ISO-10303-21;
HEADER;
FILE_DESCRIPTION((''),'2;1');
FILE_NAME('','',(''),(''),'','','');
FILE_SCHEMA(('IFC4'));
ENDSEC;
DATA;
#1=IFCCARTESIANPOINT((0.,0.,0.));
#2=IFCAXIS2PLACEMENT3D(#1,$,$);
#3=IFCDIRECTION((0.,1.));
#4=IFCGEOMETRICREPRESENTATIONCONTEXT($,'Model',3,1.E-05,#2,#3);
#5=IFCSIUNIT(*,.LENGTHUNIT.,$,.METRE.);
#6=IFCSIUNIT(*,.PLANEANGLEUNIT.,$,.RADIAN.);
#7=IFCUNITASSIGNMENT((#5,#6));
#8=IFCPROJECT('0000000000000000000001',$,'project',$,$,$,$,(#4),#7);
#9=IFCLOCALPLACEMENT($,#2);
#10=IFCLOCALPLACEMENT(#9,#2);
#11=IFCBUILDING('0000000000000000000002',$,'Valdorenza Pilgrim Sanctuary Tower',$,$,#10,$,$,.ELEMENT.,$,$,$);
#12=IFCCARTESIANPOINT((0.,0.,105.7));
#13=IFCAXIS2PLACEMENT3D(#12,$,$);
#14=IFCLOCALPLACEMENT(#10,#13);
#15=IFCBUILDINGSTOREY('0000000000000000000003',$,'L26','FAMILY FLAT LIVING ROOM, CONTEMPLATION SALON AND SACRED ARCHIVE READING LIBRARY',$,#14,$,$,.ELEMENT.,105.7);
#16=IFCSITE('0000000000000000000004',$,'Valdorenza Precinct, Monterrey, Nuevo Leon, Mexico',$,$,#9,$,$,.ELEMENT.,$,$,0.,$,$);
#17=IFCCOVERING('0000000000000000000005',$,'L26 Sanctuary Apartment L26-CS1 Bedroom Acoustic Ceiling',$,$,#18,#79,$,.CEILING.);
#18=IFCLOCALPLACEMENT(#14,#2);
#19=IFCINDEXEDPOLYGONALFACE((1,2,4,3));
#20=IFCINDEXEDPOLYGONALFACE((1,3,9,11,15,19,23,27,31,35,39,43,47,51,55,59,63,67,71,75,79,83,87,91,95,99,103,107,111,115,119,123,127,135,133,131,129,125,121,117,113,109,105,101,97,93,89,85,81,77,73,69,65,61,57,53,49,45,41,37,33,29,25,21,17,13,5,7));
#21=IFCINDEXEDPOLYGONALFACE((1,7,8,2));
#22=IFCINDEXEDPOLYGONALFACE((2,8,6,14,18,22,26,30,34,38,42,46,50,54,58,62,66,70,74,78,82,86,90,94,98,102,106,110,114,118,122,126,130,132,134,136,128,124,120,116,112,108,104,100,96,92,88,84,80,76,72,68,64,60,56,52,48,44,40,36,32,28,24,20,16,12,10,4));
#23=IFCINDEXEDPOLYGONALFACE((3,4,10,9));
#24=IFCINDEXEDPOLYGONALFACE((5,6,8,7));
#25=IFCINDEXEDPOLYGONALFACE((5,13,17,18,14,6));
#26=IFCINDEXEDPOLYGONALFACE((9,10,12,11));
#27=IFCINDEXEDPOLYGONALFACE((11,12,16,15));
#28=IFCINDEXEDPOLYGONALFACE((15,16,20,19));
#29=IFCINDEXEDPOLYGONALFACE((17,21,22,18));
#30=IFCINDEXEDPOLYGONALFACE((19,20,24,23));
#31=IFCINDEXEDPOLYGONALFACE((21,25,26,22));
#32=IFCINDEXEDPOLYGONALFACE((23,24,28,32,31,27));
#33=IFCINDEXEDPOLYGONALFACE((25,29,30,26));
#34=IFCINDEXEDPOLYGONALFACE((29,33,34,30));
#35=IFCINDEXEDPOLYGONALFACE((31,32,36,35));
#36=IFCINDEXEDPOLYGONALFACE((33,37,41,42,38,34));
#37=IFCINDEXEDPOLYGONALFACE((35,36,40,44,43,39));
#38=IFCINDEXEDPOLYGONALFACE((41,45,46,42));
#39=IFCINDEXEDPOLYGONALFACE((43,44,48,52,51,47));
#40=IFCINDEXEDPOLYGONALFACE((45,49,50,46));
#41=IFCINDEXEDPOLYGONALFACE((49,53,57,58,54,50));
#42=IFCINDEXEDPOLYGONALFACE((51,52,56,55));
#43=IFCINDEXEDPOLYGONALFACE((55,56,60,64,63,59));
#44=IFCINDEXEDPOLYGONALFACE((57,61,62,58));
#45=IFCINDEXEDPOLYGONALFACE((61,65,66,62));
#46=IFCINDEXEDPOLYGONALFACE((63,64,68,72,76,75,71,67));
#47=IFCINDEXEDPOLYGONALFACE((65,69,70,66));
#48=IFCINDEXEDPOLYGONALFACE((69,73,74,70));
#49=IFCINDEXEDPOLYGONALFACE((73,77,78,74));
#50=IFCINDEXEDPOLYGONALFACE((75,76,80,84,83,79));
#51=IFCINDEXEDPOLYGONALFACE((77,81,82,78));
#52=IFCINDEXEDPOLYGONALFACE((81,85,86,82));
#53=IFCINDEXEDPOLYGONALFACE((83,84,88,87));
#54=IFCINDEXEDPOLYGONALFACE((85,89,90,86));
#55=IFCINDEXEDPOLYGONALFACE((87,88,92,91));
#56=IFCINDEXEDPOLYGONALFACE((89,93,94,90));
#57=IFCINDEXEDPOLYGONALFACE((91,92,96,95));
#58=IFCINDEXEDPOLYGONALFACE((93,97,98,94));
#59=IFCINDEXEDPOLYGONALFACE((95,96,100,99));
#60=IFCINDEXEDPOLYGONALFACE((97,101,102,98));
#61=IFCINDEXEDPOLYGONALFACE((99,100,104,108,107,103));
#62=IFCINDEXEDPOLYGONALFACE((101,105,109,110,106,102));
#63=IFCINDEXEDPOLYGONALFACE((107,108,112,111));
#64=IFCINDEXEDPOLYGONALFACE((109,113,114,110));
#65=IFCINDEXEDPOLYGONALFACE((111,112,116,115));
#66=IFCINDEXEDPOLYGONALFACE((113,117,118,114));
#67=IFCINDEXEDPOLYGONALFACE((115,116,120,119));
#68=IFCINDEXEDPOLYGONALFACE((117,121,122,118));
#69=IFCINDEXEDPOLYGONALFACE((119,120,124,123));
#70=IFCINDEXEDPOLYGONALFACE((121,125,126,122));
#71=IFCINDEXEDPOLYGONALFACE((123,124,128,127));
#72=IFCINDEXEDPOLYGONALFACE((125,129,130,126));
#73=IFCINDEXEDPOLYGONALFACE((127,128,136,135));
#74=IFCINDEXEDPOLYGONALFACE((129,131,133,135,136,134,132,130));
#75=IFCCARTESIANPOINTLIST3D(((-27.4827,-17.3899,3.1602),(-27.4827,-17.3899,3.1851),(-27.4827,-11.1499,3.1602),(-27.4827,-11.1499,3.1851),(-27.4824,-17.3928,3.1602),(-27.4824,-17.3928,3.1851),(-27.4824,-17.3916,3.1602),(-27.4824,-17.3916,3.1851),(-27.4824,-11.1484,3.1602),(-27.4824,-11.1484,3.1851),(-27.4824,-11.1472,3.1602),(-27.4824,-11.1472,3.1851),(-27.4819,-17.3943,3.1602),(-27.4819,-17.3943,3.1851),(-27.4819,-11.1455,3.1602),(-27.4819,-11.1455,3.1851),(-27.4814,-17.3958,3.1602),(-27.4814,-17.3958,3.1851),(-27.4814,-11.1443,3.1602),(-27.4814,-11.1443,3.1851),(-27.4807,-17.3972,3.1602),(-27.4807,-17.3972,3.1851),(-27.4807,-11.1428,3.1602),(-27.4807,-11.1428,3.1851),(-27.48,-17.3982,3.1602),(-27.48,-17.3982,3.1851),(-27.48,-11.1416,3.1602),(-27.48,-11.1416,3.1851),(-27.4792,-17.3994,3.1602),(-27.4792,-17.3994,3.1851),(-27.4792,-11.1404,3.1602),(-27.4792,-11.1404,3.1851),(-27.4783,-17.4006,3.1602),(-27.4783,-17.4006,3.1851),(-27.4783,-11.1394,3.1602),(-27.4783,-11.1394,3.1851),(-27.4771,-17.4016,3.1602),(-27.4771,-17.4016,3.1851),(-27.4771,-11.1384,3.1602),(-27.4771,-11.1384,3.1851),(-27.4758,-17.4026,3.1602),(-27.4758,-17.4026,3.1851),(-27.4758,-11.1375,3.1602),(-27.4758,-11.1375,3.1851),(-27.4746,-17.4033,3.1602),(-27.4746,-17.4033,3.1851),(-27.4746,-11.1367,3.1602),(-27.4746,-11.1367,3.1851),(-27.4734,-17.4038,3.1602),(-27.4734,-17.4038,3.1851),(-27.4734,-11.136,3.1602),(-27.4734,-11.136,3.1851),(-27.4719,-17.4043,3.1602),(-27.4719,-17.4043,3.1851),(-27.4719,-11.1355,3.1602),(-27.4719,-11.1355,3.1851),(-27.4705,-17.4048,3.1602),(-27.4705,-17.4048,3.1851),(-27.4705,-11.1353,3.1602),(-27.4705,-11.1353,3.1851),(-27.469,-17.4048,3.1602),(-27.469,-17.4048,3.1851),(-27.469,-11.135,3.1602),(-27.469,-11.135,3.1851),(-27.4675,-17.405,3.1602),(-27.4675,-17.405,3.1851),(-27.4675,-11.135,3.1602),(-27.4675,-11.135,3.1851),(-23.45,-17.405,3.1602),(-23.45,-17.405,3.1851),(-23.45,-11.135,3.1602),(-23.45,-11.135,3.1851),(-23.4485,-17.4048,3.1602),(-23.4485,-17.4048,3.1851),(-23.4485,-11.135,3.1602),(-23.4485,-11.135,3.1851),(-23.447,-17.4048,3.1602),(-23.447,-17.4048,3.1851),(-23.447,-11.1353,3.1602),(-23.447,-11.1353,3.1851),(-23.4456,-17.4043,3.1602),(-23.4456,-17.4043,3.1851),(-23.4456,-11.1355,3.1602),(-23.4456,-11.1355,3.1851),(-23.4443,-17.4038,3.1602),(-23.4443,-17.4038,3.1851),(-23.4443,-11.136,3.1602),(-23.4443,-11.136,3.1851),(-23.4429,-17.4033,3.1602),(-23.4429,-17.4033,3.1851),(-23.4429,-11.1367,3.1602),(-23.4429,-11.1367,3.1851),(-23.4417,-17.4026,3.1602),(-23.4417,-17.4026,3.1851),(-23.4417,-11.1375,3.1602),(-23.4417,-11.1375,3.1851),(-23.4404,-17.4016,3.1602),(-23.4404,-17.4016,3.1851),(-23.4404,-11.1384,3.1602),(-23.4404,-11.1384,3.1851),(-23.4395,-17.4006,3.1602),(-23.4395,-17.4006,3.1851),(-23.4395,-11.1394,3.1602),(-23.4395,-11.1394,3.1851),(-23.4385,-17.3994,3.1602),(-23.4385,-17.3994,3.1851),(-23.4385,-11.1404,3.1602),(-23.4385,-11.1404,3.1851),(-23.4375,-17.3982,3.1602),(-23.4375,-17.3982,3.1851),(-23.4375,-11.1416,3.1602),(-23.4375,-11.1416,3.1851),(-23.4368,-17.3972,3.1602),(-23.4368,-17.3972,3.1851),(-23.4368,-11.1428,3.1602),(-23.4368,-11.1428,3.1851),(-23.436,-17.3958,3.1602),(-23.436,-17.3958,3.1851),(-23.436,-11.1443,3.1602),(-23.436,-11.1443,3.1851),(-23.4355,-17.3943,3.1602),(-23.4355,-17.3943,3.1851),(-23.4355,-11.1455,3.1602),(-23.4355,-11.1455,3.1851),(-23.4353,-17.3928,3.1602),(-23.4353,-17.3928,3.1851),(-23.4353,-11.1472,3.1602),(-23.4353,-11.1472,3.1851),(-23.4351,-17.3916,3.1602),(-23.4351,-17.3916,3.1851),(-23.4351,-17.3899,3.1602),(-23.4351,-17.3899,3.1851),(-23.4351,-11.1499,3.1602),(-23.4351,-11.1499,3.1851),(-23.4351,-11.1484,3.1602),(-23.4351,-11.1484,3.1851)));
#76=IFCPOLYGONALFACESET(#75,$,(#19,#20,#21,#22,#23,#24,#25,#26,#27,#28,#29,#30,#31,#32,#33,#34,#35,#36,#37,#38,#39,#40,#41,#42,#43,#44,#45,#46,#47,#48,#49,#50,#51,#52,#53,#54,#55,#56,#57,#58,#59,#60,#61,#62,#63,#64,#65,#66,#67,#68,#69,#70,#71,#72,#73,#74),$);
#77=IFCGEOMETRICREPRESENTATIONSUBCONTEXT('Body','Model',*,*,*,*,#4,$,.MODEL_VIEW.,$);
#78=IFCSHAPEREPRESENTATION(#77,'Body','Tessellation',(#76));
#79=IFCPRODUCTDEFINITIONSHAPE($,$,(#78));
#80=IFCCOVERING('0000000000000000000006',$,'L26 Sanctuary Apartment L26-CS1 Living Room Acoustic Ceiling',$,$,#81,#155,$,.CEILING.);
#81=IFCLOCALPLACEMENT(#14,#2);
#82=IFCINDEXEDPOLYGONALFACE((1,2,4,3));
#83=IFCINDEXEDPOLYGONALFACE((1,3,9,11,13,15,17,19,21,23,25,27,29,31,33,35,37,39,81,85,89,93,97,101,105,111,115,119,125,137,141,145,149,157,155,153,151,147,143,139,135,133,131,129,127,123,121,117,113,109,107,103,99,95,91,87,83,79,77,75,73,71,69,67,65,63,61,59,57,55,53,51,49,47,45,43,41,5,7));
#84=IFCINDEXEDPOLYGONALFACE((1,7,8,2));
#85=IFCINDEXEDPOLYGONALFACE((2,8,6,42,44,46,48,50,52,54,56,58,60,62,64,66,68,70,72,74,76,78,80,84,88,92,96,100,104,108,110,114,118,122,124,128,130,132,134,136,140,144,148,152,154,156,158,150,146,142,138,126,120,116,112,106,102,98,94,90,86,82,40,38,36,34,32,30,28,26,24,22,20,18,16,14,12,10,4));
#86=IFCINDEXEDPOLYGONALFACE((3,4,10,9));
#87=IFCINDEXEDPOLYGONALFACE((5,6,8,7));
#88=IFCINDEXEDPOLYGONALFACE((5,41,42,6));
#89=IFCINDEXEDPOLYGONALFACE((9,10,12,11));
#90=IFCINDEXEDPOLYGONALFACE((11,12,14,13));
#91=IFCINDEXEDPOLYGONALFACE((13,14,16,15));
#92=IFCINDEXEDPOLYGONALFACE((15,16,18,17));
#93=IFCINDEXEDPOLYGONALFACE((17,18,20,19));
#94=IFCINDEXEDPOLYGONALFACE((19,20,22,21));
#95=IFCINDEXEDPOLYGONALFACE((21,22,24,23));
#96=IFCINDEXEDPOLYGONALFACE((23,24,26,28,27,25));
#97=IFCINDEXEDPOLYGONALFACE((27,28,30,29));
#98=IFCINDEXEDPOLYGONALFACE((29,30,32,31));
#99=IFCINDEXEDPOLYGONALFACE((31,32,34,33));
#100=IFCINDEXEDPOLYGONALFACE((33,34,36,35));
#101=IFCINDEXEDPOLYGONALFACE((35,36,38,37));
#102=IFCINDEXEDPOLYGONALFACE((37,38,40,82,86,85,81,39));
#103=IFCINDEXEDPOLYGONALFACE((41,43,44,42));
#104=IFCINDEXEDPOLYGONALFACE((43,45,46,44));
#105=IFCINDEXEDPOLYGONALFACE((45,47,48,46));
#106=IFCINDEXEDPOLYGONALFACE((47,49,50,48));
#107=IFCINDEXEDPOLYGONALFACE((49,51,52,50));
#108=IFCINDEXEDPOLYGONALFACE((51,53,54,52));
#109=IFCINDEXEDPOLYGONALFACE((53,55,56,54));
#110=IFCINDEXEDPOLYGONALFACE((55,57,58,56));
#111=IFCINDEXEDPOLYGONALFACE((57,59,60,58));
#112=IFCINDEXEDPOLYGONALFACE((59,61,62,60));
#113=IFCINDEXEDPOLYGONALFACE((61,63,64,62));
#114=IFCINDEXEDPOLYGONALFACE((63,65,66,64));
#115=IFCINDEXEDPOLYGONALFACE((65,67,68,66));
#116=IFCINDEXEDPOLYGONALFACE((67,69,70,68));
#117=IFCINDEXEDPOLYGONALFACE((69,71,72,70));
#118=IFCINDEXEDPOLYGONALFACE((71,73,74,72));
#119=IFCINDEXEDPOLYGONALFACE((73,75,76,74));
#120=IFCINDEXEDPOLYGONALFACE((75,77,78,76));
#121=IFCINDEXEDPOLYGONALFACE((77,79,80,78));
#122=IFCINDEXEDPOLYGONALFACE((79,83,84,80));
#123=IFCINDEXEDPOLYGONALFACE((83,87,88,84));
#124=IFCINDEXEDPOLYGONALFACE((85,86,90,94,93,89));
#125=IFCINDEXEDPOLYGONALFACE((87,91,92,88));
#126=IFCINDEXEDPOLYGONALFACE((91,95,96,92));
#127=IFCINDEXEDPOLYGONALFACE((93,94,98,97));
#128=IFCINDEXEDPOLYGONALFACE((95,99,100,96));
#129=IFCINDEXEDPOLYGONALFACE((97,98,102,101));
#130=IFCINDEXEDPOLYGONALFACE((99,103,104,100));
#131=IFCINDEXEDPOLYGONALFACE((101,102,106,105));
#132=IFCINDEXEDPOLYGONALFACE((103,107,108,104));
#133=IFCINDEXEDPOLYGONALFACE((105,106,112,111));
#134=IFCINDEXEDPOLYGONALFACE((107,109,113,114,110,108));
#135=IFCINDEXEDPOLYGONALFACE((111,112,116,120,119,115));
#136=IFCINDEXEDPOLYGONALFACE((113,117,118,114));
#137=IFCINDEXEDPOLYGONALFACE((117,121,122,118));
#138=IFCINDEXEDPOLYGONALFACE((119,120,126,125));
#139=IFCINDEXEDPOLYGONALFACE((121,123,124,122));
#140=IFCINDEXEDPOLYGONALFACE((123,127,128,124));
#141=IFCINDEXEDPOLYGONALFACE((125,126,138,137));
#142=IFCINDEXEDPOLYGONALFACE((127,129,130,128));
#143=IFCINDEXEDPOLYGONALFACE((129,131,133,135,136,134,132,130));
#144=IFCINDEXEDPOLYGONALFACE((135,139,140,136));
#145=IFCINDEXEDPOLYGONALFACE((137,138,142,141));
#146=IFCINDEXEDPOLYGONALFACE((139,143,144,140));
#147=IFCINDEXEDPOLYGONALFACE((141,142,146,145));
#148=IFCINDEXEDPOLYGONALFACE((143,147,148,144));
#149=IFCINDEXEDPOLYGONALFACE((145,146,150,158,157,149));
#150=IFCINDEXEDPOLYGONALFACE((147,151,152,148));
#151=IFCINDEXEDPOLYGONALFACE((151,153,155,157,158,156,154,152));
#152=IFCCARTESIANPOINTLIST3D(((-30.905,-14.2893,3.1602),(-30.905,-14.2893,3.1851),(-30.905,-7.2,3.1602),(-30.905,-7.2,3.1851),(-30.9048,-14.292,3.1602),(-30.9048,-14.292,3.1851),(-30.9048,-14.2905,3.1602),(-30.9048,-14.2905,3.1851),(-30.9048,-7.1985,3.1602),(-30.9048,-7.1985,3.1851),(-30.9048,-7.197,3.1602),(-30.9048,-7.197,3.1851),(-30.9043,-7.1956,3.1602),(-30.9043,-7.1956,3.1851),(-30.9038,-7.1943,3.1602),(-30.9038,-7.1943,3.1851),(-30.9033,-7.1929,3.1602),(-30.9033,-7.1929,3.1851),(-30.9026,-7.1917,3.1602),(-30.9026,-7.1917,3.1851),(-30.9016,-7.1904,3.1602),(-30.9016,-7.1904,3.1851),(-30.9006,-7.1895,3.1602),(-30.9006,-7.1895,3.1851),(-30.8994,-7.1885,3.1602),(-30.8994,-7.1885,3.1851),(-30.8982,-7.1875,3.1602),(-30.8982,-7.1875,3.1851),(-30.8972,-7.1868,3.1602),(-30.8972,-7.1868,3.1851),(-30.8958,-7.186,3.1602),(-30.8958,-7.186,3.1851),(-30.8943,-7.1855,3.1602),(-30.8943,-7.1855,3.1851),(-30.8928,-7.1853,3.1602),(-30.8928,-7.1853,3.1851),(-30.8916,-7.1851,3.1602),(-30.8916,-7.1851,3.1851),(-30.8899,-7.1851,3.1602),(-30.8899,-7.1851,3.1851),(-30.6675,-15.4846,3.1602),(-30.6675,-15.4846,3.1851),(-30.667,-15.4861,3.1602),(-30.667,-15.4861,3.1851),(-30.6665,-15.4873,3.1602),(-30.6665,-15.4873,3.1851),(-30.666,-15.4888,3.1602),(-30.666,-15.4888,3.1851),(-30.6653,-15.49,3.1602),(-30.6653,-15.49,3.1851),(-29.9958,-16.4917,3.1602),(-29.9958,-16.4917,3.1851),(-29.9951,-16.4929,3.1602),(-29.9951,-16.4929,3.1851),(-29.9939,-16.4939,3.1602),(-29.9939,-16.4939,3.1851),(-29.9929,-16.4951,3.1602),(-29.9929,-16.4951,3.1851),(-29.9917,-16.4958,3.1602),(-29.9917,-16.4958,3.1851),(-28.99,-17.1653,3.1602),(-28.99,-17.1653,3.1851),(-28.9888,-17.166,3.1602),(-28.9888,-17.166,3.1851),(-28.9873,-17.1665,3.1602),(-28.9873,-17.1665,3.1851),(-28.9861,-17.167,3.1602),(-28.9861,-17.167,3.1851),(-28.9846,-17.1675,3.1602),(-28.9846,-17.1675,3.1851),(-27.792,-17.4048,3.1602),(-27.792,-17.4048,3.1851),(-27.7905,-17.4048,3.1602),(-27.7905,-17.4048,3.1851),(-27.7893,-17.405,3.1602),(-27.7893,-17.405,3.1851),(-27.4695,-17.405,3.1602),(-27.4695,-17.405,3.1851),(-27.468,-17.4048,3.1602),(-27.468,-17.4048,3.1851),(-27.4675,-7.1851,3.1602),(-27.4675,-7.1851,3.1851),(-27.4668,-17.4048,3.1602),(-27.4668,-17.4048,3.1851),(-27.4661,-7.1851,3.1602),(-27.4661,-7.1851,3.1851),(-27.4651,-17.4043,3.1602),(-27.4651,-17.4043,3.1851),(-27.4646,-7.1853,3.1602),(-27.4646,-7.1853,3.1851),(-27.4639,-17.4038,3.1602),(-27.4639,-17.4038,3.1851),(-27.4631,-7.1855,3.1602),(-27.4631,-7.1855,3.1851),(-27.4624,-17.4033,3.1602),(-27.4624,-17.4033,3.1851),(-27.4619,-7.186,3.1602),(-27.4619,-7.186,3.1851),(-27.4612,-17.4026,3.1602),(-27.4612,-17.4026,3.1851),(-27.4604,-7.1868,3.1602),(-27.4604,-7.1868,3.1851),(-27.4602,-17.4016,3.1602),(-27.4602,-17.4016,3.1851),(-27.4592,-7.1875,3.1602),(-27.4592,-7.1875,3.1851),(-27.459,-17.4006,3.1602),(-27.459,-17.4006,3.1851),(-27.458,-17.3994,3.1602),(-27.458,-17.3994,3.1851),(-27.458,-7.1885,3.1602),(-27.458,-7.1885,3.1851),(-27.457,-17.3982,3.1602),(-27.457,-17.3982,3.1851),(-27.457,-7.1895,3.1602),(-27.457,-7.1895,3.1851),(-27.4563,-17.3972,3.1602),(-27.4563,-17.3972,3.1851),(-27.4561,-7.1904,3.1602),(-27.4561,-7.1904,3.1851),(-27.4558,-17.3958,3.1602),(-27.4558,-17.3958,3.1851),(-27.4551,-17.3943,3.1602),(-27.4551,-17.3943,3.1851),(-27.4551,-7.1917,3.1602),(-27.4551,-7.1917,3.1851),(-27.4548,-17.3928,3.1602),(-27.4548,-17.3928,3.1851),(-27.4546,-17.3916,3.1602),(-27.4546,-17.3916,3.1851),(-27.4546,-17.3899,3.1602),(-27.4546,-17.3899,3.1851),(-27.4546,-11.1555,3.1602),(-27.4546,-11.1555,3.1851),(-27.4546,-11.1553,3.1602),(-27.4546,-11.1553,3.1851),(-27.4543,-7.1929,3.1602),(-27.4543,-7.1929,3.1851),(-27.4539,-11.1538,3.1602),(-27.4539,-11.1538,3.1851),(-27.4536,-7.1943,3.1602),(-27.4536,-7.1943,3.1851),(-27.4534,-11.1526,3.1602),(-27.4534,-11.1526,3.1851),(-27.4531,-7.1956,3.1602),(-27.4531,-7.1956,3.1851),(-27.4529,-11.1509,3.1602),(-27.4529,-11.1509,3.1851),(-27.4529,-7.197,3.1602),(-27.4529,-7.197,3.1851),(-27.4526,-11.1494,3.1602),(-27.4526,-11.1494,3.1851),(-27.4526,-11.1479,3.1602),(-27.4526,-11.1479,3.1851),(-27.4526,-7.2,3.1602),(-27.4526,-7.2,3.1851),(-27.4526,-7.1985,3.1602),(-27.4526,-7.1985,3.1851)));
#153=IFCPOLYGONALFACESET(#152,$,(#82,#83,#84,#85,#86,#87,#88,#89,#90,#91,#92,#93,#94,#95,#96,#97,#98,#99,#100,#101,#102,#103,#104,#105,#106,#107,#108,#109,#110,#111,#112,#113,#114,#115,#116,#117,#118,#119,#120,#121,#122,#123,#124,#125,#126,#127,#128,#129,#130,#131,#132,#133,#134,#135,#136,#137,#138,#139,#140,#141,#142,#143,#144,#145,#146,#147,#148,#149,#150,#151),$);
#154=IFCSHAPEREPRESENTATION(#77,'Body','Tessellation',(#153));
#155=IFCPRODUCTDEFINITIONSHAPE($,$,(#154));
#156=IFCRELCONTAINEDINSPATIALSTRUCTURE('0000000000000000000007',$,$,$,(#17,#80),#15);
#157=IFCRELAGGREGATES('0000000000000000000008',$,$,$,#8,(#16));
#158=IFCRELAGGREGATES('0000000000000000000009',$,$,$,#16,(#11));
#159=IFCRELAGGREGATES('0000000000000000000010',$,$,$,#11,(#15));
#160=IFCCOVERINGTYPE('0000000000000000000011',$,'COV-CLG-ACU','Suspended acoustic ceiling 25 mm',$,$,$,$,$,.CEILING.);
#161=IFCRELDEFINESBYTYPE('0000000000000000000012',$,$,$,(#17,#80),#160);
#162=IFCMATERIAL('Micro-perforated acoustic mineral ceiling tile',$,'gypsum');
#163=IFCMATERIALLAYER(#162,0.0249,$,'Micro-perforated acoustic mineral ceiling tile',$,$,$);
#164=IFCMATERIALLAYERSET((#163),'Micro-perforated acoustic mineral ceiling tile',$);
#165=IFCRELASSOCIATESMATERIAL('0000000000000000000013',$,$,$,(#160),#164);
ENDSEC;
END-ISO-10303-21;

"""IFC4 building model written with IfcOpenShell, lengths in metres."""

from ifc_helpers import new_model, si_unit, direction, frame, origin, place, context, subcontext, project, spatial, polyline, outline, extrude, material, layer, layer_set, type_object, element, save


model = new_model("IFC4")

# Units and contexts
model_context = context("Model", 3, precision=1e-05, world=origin(), true_north=direction((0.0, 1.0)))
body_context = subcontext(model_context, "Body", "Model", "MODEL_VIEW")
ifc_project = project(units=[si_unit("LENGTHUNIT", "METRE"), si_unit("PLANEANGLEUNIT", "RADIAN")], contexts=[model_context])

# Site, building, storey
site_placement = place(None, origin())
site = spatial("IfcSite", under=ifc_project, at=site_placement, Name="Valdorenza Precinct, Monterrey, Nuevo Leon, Mexico", CompositionType="ELEMENT", RefElevation=0.0)
building_placement = place(site_placement, origin())
building = spatial("IfcBuilding", under=site, at=building_placement, Name="Valdorenza Pilgrim Sanctuary Tower", CompositionType="ELEMENT")
storey_placement = place(building_placement, frame((0.0, 0.0, 105.7)))
storey = spatial("IfcBuildingStorey", under=building, at=storey_placement, Name="L26", Description="FAMILY FLAT LIVING ROOM, CONTEMPLATION SALON AND SACRED ARCHIVE READING LIBRARY", CompositionType="ELEMENT", Elevation=105.7)

# Coverings
ifc_material_1 = material(Name="Micro-perforated acoustic mineral ceiling tile", Category="gypsum")
ifc_layer_1 = layer(ifc_material_1, 0.0249, Name="Micro-perforated acoustic mineral ceiling tile")
ifc_layer_set_1 = layer_set([ifc_layer_1], Name="Micro-perforated acoustic mineral ceiling tile")
covering_type_1 = type_object("IfcCoveringType", Name="COV-CLG-ACU", Description="Suspended acoustic ceiling 25 mm", PredefinedType="CEILING", material=ifc_layer_set_1)
covering_1_placement = place(storey_placement, frame((0.0, 0.0, 3.1602)))
element("IfcCovering", 1, at=covering_1_placement, inside=storey, type_object=covering_type_1, Name="L26 Sanctuary Apartment L26-CS1 Bedroom Acoustic Ceiling", PredefinedType="CEILING", context=body_context, shape_type="SweptSolid", body=[
    extrude(outline(polyline([(-27.4827, -11.1499), (-27.4824, -11.1484), (-27.4824, -11.1472), (-27.4819, -11.1455), (-27.4814, -11.1443), (-27.4807, -11.1428), (-27.48, -11.1416), (-27.4792, -11.1404), (-27.4783, -11.1394), (-27.4771, -11.1384), (-27.4758, -11.1375), (-27.4746, -11.1367), (-27.4734, -11.136), (-27.4719, -11.1355), (-27.4705, -11.1353), (-27.469, -11.135), (-27.4675, -11.135), (-23.45, -11.135), (-23.4485, -11.135), (-23.447, -11.1353), (-23.4456, -11.1355), (-23.4443, -11.136), (-23.4429, -11.1367), (-23.4417, -11.1375), (-23.4404, -11.1384), (-23.4395, -11.1394), (-23.4385, -11.1404), (-23.4375, -11.1416), (-23.4368, -11.1428), (-23.436, -11.1443), (-23.4355, -11.1455), (-23.4353, -11.1472), (-23.4351, -11.1484), (-23.4351, -11.1499), (-23.4351, -17.3899), (-23.4351, -17.3916), (-23.4353, -17.3928), (-23.4355, -17.3943), (-23.436, -17.3958), (-23.4368, -17.3972), (-23.4375, -17.3982), (-23.4385, -17.3994), (-23.4395, -17.4006), (-23.4404, -17.4016), (-23.4417, -17.4026), (-23.4429, -17.4033), (-23.4443, -17.4038), (-23.4456, -17.4043), (-23.447, -17.4048), (-23.4485, -17.4048), (-23.45, -17.405), (-27.4675, -17.405), (-27.469, -17.4048), (-27.4705, -17.4048), (-27.4719, -17.4043), (-27.4734, -17.4038), (-27.4746, -17.4033), (-27.4758, -17.4026), (-27.4771, -17.4016), (-27.4783, -17.4006), (-27.4792, -17.3994), (-27.48, -17.3982), (-27.4807, -17.3972), (-27.4814, -17.3958), (-27.4819, -17.3943), (-27.4824, -17.3928), (-27.4824, -17.3916), (-27.4827, -17.3899), (-27.4827, -11.1499)])), origin(), (0.0, 0.0, 1.0), 0.0249),
])
covering_2_placement = place(storey_placement, frame((0.0, 0.0, 3.1602)))
element("IfcCovering", 2, at=covering_2_placement, inside=storey, type_object=covering_type_1, Name="L26 Sanctuary Apartment L26-CS1 Living Room Acoustic Ceiling", PredefinedType="CEILING", context=body_context, shape_type="SweptSolid", body=[
    extrude(outline(polyline([(-28.9846, -17.1675), (-28.9861, -17.167), (-28.9873, -17.1665), (-28.9888, -17.166), (-28.99, -17.1653), (-29.9917, -16.4958), (-29.9929, -16.4951), (-29.9939, -16.4939), (-29.9951, -16.4929), (-29.9958, -16.4917), (-30.6653, -15.49), (-30.666, -15.4888), (-30.6665, -15.4873), (-30.667, -15.4861), (-30.6675, -15.4846), (-30.9048, -14.292), (-30.9048, -14.2905), (-30.905, -14.2893), (-30.905, -7.2), (-30.9048, -7.1985), (-30.9048, -7.197), (-30.9043, -7.1956), (-30.9038, -7.1943), (-30.9033, -7.1929), (-30.9026, -7.1917), (-30.9016, -7.1904), (-30.9006, -7.1895), (-30.8994, -7.1885), (-30.8982, -7.1875), (-30.8972, -7.1868), (-30.8958, -7.186), (-30.8943, -7.1855), (-30.8928, -7.1853), (-30.8916, -7.1851), (-30.8899, -7.1851), (-27.4675, -7.1851), (-27.4661, -7.1851), (-27.4646, -7.1853), (-27.4631, -7.1855), (-27.4619, -7.186), (-27.4604, -7.1868), (-27.4592, -7.1875), (-27.458, -7.1885), (-27.457, -7.1895), (-27.4561, -7.1904), (-27.4551, -7.1917), (-27.4543, -7.1929), (-27.4536, -7.1943), (-27.4531, -7.1956), (-27.4529, -7.197), (-27.4526, -7.1985), (-27.4526, -7.2), (-27.4526, -11.1479), (-27.4526, -11.1494), (-27.4529, -11.1509), (-27.4534, -11.1526), (-27.4539, -11.1538), (-27.4546, -11.1553), (-27.4546, -11.1555), (-27.4546, -17.3899), (-27.4546, -17.3916), (-27.4548, -17.3928), (-27.4551, -17.3943), (-27.4558, -17.3958), (-27.4563, -17.3972), (-27.457, -17.3982), (-27.458, -17.3994), (-27.459, -17.4006), (-27.4602, -17.4016), (-27.4612, -17.4026), (-27.4624, -17.4033), (-27.4639, -17.4038), (-27.4651, -17.4043), (-27.4668, -17.4048), (-27.468, -17.4048), (-27.4695, -17.405), (-27.7893, -17.405), (-27.7905, -17.4048), (-27.792, -17.4048), (-28.9846, -17.1675)])), origin(), (0.0, 0.0, 1.0), 0.0249),
])

save(model, "model.ifc")
